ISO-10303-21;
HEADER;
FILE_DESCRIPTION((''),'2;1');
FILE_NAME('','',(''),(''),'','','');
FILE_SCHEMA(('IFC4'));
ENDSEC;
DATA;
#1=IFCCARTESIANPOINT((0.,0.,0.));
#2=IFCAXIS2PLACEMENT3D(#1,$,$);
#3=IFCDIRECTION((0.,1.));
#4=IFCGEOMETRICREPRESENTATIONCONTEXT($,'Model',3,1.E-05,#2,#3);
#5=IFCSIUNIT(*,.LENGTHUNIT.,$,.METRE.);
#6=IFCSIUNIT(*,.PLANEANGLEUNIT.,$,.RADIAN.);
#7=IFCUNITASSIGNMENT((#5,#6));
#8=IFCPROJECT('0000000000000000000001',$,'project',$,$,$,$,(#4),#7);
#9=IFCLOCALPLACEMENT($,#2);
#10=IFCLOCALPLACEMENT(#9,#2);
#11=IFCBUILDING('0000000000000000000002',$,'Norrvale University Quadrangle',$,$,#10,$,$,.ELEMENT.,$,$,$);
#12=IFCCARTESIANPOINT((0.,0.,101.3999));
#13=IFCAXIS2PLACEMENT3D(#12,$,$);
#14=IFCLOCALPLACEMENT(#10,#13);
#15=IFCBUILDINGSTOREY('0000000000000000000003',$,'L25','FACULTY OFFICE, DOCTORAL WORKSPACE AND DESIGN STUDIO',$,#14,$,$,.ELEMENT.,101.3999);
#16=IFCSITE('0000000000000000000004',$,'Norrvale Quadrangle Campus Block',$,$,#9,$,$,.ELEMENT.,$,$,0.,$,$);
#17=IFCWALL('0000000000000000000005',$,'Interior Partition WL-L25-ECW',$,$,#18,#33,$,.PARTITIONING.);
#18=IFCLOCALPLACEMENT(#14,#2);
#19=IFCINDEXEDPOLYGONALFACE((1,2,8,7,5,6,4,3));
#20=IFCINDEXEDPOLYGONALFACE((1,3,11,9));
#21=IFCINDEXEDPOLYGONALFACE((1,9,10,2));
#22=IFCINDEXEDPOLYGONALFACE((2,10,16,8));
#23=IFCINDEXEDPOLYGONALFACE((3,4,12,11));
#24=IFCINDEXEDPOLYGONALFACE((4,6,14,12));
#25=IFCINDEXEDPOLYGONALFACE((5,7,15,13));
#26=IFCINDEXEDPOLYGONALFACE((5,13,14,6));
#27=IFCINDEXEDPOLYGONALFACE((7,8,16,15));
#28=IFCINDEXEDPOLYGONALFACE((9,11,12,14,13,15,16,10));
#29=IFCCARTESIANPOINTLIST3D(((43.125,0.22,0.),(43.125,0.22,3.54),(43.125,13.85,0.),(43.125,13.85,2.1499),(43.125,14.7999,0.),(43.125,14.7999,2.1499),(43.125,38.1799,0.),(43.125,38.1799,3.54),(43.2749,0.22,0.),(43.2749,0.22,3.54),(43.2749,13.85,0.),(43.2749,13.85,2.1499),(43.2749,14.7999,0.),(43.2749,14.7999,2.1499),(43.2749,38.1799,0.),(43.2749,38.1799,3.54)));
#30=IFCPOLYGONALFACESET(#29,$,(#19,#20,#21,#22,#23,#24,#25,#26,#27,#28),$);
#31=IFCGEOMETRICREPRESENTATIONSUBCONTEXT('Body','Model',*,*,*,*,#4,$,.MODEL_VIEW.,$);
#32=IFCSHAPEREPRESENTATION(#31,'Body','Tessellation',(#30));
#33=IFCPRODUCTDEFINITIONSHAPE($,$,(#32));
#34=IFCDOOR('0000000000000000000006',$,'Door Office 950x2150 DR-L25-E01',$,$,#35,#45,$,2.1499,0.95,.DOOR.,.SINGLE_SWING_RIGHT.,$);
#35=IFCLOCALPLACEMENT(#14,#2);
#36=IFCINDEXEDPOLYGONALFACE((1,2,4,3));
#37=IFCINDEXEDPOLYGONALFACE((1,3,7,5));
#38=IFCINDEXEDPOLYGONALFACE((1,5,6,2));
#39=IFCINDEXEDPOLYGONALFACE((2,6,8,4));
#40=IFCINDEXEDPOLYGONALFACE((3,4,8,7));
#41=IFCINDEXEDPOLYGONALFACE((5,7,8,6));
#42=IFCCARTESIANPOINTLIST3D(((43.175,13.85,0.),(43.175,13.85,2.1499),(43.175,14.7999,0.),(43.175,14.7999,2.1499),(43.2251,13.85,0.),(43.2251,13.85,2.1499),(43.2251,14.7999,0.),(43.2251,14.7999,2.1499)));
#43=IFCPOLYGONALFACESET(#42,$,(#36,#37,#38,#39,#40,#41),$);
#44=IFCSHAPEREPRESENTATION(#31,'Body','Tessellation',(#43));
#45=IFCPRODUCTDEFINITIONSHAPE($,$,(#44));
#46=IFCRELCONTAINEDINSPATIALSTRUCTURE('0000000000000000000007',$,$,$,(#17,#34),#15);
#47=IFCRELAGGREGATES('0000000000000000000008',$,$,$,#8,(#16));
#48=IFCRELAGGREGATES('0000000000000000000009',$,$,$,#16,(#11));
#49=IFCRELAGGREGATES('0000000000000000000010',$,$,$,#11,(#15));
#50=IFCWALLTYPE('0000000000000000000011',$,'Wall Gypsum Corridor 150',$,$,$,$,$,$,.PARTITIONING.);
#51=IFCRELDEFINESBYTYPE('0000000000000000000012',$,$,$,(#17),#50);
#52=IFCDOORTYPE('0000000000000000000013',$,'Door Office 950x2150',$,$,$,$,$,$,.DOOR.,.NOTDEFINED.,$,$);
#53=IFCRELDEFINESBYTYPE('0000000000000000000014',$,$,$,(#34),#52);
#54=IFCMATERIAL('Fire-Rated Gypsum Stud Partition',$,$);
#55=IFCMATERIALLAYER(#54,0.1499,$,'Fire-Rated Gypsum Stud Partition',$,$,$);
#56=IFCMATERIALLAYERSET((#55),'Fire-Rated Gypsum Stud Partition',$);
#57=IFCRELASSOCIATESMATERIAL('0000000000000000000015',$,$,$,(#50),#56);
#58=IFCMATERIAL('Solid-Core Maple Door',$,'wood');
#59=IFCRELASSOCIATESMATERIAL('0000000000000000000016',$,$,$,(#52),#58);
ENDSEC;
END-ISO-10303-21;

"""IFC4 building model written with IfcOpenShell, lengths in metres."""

from ifc_helpers import new_model, si_unit, direction, frame, frame_2d, origin, place, context, subcontext, project, spatial, rectangle, extrude, material, layer, layer_set, type_object, element, fill, save


model = new_model("IFC4")

# Units and contexts
model_context = context("Model", 3, precision=1e-05, world=origin(), true_north=direction((0.0, 1.0)))
body_context = subcontext(model_context, "Body", "Model", "MODEL_VIEW")
ifc_project = project(units=[si_unit("LENGTHUNIT", "METRE"), si_unit("PLANEANGLEUNIT", "RADIAN")], contexts=[model_context])

# Site, building, storey
site_placement = place(None, origin())
site = spatial("IfcSite", under=ifc_project, at=site_placement, Name="Norrvale Quadrangle Campus Block", CompositionType="ELEMENT", RefElevation=0.0)
building_placement = place(site_placement, origin())
building = spatial("IfcBuilding", under=site, at=building_placement, Name="Norrvale University Quadrangle", CompositionType="ELEMENT")
storey_placement = place(building_placement, frame((0.0, 0.0, 101.3999)))
storey = spatial("IfcBuildingStorey", under=building, at=storey_placement, Name="L25", Description="FACULTY OFFICE, DOCTORAL WORKSPACE AND DESIGN STUDIO", CompositionType="ELEMENT", Elevation=101.3999)

# Wall, opening, door
ifc_material_1 = material(Name="Fire-Rated Gypsum Stud Partition")
ifc_layer_1 = layer(ifc_material_1, 0.1499, Name="Fire-Rated Gypsum Stud Partition")
ifc_layer_set_1 = layer_set([ifc_layer_1], Name="Fire-Rated Gypsum Stud Partition")
wall_type_1 = type_object("IfcWallType", Name="Wall Gypsum Corridor 150", PredefinedType="PARTITIONING", material=ifc_layer_set_1)
wall_1_placement = place(storey_placement, frame((43.2, 0.22, 0.0), z_axis=(0.0, 0.0, 1.0), x_axis=(0.0, 1.0, 0.0)))
wall_1 = element("IfcWall", 1, at=wall_1_placement, inside=storey, type_object=wall_type_1, Name="Interior Partition WL-L25-ECW", PredefinedType="PARTITIONING", context=body_context, shape_type="SweptSolid", body=[
    extrude(rectangle(XDim=37.96, YDim=0.1499, at=frame_2d((18.98, 0.0))), origin(), (0.0, 0.0, 1.0), 3.54),
])
opening_1_placement = place(wall_1_placement, frame((13.6299, 0.0, 0.0)))
opening_1 = element("IfcOpeningElement", 2, at=opening_1_placement, cuts=wall_1, PredefinedType="OPENING", context=body_context, shape_type="SweptSolid", body=[
    extrude(rectangle(XDim=0.95, YDim=2.1499, at=frame_2d((0.4751, 1.075))), frame((0.0, 0.0869, 0.0), z_axis=(0.0, -1.0, 0.0), x_axis=(1.0, 0.0, 0.0)), (0.0, 0.0, 1.0), 0.1738),
])
ifc_material_2 = material(Name="Solid-Core Maple Door", Category="wood")
door_type_1 = type_object("IfcDoorType", Name="Door Office 950x2150", OperationType="NOTDEFINED", PredefinedType="DOOR", material=ifc_material_2)
door_1_placement = place(opening_1_placement, origin())
door_1 = element("IfcDoor", 3, at=door_1_placement, inside=storey, type_object=door_type_1, Name="Door Office 950x2150 DR-L25-E01", OperationType="SINGLE_SWING_RIGHT", OverallHeight=2.1499, OverallWidth=0.95, PredefinedType="DOOR", context=body_context, shape_type="SweptSolid", body=[
    extrude(rectangle(XDim=0.95, YDim=2.1499, at=frame_2d((0.4751, 1.075))), frame((0.0, 0.0249, 0.0), z_axis=(0.0, -1.0, 0.0), x_axis=(1.0, 0.0, 0.0)), (0.0, 0.0, 1.0), 0.05),
])
fill(opening_1, door_1)

save(model, "model.ifc")
